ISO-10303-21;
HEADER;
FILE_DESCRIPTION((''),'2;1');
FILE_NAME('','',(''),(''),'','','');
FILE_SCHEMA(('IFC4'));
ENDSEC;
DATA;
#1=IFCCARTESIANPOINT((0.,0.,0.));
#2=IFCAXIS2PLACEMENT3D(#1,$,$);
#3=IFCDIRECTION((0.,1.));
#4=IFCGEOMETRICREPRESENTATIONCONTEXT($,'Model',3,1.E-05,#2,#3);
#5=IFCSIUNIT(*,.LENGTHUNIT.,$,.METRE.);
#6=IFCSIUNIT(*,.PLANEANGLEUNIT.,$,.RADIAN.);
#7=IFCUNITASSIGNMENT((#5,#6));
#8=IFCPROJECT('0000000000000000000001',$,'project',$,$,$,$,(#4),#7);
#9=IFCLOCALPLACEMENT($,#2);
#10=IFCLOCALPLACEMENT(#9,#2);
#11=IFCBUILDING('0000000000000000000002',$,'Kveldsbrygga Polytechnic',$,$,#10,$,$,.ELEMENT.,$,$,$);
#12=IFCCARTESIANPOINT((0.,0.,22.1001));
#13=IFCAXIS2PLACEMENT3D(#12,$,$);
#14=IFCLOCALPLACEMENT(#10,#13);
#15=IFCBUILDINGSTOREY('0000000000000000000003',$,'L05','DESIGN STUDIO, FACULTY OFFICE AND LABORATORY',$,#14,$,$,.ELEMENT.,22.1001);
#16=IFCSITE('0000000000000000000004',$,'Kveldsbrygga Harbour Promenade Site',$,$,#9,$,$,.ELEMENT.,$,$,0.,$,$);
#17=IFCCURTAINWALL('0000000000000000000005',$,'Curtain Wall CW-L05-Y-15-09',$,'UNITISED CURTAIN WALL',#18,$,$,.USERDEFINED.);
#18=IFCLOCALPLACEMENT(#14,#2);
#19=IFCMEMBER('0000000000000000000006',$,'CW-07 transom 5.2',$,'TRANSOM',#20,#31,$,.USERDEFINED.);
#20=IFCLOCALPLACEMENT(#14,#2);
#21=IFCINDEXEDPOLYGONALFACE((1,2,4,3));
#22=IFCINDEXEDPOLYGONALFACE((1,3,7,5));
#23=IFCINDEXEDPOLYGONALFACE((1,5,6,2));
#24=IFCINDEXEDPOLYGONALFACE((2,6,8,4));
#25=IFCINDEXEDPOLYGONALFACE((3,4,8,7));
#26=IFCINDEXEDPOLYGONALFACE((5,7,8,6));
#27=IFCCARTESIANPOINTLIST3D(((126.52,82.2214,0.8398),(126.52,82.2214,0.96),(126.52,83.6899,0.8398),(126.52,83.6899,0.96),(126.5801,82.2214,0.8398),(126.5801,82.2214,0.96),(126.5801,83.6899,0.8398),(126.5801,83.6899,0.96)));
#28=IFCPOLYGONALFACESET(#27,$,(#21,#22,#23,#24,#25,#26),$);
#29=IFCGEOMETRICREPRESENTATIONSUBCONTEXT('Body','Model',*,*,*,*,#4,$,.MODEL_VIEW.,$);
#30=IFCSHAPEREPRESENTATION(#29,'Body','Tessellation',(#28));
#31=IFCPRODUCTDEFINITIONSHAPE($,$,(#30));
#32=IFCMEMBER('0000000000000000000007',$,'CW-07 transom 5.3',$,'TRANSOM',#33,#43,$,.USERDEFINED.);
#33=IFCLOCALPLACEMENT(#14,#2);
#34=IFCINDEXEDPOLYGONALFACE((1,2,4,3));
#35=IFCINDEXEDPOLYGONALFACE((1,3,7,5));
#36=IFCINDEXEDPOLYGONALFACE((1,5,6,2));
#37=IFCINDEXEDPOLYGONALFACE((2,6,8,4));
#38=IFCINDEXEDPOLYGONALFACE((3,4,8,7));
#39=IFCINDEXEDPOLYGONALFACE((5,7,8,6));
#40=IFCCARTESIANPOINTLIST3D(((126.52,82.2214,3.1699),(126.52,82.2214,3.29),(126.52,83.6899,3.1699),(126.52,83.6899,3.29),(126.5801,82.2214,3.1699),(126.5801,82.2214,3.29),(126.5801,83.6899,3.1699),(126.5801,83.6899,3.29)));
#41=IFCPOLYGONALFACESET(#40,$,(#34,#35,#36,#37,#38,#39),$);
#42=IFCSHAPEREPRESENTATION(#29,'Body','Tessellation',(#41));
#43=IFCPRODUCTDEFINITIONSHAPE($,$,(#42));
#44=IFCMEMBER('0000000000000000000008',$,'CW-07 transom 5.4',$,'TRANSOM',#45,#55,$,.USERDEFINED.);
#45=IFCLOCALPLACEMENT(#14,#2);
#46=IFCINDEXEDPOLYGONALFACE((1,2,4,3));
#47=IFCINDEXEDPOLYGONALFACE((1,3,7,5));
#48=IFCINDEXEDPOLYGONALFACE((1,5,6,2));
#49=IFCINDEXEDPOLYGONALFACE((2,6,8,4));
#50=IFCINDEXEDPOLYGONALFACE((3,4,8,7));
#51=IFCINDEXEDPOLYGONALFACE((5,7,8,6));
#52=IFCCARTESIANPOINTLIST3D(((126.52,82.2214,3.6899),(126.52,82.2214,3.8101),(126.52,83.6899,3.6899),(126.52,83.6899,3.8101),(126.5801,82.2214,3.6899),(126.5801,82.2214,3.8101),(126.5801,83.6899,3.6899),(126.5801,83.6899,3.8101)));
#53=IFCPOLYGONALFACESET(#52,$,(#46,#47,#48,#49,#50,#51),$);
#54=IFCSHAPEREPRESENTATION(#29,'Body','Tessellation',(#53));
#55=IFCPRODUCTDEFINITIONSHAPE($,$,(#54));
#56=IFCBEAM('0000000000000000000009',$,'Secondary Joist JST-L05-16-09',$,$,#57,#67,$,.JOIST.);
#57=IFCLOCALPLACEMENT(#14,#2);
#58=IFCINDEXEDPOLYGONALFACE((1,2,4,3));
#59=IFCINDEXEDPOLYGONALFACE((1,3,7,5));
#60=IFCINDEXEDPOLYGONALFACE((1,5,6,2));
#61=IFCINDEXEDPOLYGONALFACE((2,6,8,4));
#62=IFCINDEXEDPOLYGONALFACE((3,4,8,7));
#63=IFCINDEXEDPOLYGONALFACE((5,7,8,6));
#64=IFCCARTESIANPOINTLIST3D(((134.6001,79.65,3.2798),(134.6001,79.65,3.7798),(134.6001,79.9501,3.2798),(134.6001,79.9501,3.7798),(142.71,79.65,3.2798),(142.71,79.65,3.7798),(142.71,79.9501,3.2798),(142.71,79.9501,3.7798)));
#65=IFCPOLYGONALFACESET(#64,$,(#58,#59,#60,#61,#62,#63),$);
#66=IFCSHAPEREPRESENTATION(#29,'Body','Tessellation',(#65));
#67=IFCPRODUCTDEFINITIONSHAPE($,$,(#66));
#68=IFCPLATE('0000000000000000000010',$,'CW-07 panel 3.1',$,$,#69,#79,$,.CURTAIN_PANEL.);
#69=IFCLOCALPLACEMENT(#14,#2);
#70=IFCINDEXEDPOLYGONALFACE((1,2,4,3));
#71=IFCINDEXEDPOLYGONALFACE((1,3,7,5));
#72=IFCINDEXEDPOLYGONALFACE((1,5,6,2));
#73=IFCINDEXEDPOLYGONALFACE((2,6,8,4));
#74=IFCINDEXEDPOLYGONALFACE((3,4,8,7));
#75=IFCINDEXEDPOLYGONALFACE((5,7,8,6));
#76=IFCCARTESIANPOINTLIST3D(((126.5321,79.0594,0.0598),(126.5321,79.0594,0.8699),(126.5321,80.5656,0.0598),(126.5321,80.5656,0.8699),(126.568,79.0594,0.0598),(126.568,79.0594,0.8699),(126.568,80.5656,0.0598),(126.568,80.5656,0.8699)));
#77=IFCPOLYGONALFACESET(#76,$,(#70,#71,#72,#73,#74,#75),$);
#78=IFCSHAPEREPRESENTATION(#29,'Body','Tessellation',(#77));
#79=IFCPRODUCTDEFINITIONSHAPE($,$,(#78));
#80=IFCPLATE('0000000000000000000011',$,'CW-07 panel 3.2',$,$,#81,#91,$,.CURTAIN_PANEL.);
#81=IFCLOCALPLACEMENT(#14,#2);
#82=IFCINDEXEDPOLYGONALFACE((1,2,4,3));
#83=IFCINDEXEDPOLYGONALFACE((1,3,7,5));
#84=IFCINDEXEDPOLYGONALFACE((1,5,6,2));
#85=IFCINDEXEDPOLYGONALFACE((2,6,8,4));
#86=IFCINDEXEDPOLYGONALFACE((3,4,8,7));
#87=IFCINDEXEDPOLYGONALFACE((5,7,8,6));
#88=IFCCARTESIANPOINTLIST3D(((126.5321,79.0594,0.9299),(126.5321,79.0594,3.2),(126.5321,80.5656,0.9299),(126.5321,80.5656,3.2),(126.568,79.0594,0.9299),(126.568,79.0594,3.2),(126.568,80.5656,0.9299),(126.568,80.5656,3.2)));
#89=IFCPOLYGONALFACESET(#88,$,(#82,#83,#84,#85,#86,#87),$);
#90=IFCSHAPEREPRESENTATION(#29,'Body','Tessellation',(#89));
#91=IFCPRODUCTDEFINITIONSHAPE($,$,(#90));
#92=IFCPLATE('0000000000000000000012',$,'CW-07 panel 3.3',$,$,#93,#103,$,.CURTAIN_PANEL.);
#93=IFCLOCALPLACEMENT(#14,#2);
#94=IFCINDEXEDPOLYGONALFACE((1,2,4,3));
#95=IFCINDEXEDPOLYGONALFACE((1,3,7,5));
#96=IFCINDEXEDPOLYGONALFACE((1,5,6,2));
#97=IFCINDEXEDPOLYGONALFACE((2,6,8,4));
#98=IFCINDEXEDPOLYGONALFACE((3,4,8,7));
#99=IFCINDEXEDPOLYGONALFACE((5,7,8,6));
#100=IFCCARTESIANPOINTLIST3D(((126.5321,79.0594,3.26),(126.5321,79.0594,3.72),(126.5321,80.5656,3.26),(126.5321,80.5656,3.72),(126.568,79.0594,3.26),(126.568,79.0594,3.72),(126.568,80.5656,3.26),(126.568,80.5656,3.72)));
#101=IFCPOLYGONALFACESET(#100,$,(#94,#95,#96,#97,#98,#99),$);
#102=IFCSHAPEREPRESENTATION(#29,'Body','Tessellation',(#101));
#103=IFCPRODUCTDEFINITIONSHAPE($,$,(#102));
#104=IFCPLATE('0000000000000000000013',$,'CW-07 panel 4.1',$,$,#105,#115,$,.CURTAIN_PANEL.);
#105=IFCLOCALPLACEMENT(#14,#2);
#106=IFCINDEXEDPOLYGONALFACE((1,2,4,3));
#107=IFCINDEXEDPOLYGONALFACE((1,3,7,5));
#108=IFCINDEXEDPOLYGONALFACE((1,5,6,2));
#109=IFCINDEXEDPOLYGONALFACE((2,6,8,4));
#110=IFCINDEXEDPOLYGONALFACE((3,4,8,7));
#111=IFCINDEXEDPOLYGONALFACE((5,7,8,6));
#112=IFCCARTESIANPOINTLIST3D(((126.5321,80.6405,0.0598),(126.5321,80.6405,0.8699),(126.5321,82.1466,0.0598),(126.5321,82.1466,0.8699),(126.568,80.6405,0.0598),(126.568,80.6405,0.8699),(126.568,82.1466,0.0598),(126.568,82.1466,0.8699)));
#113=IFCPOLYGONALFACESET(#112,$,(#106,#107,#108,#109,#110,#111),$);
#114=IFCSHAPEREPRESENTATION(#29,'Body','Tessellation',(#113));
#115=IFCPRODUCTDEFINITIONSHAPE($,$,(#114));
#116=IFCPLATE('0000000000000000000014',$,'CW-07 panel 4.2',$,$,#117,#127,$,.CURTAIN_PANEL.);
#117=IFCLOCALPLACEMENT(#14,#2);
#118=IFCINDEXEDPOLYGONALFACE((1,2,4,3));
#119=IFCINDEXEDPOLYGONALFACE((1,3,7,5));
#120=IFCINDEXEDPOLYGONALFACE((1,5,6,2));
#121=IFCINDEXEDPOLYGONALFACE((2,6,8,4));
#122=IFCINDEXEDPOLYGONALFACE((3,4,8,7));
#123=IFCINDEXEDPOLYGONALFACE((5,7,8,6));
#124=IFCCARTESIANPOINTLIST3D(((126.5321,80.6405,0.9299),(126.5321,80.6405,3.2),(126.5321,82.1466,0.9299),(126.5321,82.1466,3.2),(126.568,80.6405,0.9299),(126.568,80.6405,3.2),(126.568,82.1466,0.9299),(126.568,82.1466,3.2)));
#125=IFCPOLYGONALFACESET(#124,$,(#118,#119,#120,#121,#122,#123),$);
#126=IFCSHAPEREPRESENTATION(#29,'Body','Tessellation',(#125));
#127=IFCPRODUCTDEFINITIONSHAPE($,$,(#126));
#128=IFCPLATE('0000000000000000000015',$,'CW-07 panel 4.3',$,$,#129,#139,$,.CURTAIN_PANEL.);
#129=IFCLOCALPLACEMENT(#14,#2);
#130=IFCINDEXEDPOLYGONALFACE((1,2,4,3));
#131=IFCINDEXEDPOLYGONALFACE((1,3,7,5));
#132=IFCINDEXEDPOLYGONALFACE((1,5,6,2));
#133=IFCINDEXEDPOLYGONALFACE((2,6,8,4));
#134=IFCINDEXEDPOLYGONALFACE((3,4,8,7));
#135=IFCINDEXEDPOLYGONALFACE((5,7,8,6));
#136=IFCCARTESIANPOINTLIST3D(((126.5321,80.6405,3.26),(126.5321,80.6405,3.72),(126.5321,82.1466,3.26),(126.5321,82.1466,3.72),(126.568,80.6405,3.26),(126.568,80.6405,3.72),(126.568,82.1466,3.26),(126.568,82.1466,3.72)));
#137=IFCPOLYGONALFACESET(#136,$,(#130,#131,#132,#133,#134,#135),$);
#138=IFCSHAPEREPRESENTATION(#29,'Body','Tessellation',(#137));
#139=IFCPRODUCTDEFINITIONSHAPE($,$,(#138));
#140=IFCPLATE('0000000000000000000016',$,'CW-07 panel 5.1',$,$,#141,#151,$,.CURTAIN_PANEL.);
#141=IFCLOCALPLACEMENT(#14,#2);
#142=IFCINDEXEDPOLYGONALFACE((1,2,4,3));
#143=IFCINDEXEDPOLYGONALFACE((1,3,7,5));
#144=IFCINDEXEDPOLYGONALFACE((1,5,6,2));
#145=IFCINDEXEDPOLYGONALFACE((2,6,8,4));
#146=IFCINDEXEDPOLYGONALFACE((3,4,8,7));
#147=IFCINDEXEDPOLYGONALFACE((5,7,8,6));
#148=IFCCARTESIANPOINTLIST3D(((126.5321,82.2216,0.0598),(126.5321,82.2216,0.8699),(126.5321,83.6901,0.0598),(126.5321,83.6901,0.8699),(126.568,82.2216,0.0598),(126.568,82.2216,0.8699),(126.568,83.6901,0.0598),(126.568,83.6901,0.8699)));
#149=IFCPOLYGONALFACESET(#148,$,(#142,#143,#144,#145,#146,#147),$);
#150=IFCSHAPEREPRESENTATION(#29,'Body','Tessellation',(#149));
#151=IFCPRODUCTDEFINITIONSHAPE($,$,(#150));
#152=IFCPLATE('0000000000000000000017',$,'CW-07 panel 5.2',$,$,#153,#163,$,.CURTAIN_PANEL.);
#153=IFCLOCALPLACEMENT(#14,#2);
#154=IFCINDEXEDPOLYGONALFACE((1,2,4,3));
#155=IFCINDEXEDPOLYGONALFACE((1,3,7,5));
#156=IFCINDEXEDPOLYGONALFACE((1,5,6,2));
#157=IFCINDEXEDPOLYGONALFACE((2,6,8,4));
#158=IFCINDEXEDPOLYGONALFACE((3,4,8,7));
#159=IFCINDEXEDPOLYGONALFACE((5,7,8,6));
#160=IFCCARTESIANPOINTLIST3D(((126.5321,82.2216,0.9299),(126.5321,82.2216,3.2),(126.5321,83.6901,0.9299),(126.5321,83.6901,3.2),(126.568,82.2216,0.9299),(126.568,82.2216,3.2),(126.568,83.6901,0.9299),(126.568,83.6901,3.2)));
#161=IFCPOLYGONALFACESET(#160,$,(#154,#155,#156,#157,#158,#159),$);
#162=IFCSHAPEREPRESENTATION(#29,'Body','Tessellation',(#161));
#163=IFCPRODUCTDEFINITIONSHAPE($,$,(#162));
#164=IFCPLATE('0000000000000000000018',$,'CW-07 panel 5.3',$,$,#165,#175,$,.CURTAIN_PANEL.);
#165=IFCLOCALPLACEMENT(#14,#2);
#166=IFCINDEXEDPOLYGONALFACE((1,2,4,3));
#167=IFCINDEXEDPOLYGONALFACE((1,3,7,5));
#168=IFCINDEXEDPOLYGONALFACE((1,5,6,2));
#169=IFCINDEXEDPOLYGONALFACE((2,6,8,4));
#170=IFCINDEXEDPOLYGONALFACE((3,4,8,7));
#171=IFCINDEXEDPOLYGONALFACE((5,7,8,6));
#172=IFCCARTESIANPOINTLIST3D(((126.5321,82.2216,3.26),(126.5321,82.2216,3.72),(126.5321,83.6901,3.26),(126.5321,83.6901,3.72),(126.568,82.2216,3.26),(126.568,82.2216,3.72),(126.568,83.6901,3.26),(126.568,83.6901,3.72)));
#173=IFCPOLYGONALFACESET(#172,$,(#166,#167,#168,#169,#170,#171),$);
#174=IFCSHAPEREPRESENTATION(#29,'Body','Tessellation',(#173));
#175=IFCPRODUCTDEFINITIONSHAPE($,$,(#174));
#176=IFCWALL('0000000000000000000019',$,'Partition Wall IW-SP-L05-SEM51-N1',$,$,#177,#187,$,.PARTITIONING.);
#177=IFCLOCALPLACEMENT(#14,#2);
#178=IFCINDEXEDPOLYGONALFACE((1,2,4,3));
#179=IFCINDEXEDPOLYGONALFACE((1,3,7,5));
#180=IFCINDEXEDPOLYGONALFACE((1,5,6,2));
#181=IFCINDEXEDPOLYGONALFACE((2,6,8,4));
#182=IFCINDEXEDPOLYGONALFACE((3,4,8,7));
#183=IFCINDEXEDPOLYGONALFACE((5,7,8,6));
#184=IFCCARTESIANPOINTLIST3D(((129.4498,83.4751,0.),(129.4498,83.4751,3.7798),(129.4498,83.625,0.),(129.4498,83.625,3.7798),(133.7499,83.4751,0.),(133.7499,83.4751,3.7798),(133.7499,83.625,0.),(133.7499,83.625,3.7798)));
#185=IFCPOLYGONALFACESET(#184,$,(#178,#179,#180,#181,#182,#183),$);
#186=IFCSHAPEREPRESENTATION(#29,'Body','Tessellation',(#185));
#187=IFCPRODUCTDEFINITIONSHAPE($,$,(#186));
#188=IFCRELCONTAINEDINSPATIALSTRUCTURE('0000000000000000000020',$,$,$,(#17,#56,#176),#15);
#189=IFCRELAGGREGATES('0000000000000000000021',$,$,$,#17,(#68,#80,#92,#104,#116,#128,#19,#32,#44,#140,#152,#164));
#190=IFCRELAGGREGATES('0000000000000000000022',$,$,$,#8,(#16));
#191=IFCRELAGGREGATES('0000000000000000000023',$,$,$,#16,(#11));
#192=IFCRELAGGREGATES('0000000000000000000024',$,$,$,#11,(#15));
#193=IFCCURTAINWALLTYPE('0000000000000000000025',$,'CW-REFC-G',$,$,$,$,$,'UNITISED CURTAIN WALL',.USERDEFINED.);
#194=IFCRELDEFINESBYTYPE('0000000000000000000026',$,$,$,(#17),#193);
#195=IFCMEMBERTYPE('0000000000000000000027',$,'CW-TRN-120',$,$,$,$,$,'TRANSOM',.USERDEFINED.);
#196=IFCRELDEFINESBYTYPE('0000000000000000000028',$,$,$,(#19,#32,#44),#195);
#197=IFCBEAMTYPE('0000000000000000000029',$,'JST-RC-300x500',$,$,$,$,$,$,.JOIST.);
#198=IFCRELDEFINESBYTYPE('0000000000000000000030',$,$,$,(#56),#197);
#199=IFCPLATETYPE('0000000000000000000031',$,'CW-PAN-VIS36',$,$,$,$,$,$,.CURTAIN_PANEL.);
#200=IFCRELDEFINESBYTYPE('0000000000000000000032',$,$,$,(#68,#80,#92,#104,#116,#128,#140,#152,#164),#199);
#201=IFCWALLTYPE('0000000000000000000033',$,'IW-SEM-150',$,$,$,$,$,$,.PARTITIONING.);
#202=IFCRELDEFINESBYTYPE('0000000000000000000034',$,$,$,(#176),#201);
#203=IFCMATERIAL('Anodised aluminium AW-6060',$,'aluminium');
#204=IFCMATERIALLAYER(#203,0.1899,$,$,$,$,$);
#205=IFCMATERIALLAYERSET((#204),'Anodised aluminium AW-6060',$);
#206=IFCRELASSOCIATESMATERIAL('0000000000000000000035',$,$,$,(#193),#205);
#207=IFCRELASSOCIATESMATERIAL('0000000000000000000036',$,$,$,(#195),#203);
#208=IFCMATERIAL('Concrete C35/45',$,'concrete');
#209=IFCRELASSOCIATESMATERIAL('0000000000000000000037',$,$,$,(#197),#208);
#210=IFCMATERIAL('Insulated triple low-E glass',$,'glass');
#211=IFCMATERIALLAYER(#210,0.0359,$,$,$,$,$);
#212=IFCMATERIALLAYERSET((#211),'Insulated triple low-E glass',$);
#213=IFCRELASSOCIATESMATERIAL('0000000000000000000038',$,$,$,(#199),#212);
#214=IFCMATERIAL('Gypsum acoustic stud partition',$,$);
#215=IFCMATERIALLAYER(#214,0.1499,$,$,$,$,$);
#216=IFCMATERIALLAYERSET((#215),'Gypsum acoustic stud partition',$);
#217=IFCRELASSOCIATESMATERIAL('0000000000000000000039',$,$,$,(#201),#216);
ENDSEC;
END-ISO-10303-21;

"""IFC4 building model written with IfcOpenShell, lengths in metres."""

from ifc_helpers import new_model, si_unit, direction, frame, frame_2d, origin, origin_2d, place, context, subcontext, project, spatial, rectangle, extrude, material, layer, layer_set, material_profile, profile_set, type_object, element, aggregate, save


model = new_model("IFC4")

# Units and contexts
model_context = context("Model", 3, precision=1e-05, world=origin(), true_north=direction((0.0, 1.0)))
body_context = subcontext(model_context, "Body", "Model", "MODEL_VIEW")
ifc_project = project(units=[si_unit("LENGTHUNIT", "METRE"), si_unit("PLANEANGLEUNIT", "RADIAN")], contexts=[model_context])

# Site, building, storey
site_placement = place(None, origin())
site = spatial("IfcSite", under=ifc_project, at=site_placement, Name="Kveldsbrygga Harbour Promenade Site", CompositionType="ELEMENT", RefElevation=0.0)
building_placement = place(site_placement, origin())
building = spatial("IfcBuilding", under=site, at=building_placement, Name="Kveldsbrygga Polytechnic", CompositionType="ELEMENT")
storey_placement = place(building_placement, frame((0.0, 0.0, 22.1001)))
storey = spatial("IfcBuildingStorey", under=building, at=storey_placement, Name="L05", Description="DESIGN STUDIO, FACULTY OFFICE AND LABORATORY", CompositionType="ELEMENT", Elevation=22.1001)

# Shared definitions
ifc_material_1 = material(Name="Concrete C35/45", Category="concrete")

# Curtain wall, members
ifc_material_2 = material(Name="Anodised aluminium AW-6060", Category="aluminium")
ifc_layer_1 = layer(ifc_material_2, 0.1899)
ifc_layer_set_1 = layer_set([ifc_layer_1], Name="Anodised aluminium AW-6060")
curtain_wall_type = type_object("IfcCurtainWallType", Name="CW-REFC-G", ElementType="UNITISED CURTAIN WALL", PredefinedType="USERDEFINED", material=ifc_layer_set_1)
curtain_wall_placement = place(storey_placement, origin())
curtain_wall = element("IfcCurtainWall", 1, at=curtain_wall_placement, inside=storey, type_object=curtain_wall_type, Name="Curtain Wall CW-L05-Y-15-09", ObjectType="UNITISED CURTAIN WALL", PredefinedType="USERDEFINED")
ifc_material_profile_1 = material_profile(ifc_material_2, rectangle(XDim=0.0601, YDim=0.1201, at=origin_2d()), Name="ALU 60x120")
ifc_profile_set_1 = profile_set([ifc_material_profile_1], Name="Anodised aluminium AW-6060")
member_type_1 = type_object("IfcMemberType", Name="CW-TRN-120", ElementType="TRANSOM", PredefinedType="USERDEFINED", material=ifc_profile_set_1)
member_1_placement = place(storey_placement, frame((126.55, 82.2214, 0.8999), z_axis=(0.0, 1.0, 0.0), x_axis=(-1.0, 0.0, 0.0)))
member_1 = element("IfcMember", 2, at=member_1_placement, type_object=member_type_1, Name="CW-07 transom 5.2", ObjectType="TRANSOM", PredefinedType="USERDEFINED", context=body_context, shape_type="SweptSolid", body=[
    extrude(rectangle(XDim=0.0601, YDim=0.1201, at=origin_2d()), origin(), (0.0, 0.0, 1.0), 1.4685),
])
member_2_placement = place(storey_placement, frame((126.55, 82.2214, 3.23), z_axis=(0.0, 1.0, 0.0), x_axis=(-1.0, 0.0, 0.0)))
member_2 = element("IfcMember", 3, at=member_2_placement, type_object=member_type_1, Name="CW-07 transom 5.3", ObjectType="TRANSOM", PredefinedType="USERDEFINED", context=body_context, shape_type="SweptSolid", body=[
    extrude(rectangle(XDim=0.0601, YDim=0.1201, at=origin_2d()), origin(), (0.0, 0.0, 1.0), 1.4685),
])
member_3_placement = place(storey_placement, frame((126.55, 82.2214, 3.75), z_axis=(0.0, 1.0, 0.0), x_axis=(-1.0, 0.0, 0.0)))
member_3 = element("IfcMember", 4, at=member_3_placement, type_object=member_type_1, Name="CW-07 transom 5.4", ObjectType="TRANSOM", PredefinedType="USERDEFINED", context=body_context, shape_type="SweptSolid", body=[
    extrude(rectangle(XDim=0.0601, YDim=0.1201, at=origin_2d()), origin(), (0.0, 0.0, 1.0), 1.4685),
])

# Beam
ifc_material_profile_2 = material_profile(ifc_material_1, rectangle(XDim=0.3, YDim=0.5, at=origin_2d()), Name="RC 300x500")
ifc_profile_set_2 = profile_set([ifc_material_profile_2], Name="Concrete C35/45")
beam_type_1 = type_object("IfcBeamType", Name="JST-RC-300x500", PredefinedType="JOIST", material=ifc_profile_set_2)
beam_1_placement = place(storey_placement, frame((134.6001, 79.8, 3.5298), z_axis=(1.0, 0.0, 0.0), x_axis=(0.0, 1.0, 0.0)))
element("IfcBeam", 5, at=beam_1_placement, inside=storey, type_object=beam_type_1, Name="Secondary Joist JST-L05-16-09", PredefinedType="JOIST", context=body_context, shape_type="SweptSolid", body=[
    extrude(rectangle(XDim=0.3, YDim=0.5, at=origin_2d()), origin(), (0.0, 0.0, 1.0), 8.1099),
])

# Plates
ifc_material_3 = material(Name="Insulated triple low-E glass", Category="glass")
ifc_layer_2 = layer(ifc_material_3, 0.0359)
ifc_layer_set_2 = layer_set([ifc_layer_2], Name="Insulated triple low-E glass")
plate_type = type_object("IfcPlateType", Name="CW-PAN-VIS36", PredefinedType="CURTAIN_PANEL", material=ifc_layer_set_2)
plate_1_placement = place(storey_placement, frame((126.55, 79.8125, 0.0598), z_axis=(0.0, 0.0, 1.0), x_axis=(0.0, 1.0, 0.0)))
plate_1 = element("IfcPlate", 6, at=plate_1_placement, type_object=plate_type, Name="CW-07 panel 3.1", PredefinedType="CURTAIN_PANEL", context=body_context, shape_type="SweptSolid", body=[
    extrude(rectangle(XDim=1.5061, YDim=0.0359, at=origin_2d()), origin(), (0.0, 0.0, 1.0), 0.8101),
])
plate_2_placement = place(storey_placement, frame((126.55, 79.8125, 0.9299), z_axis=(0.0, 0.0, 1.0), x_axis=(0.0, 1.0, 0.0)))
plate_2 = element("IfcPlate", 7, at=plate_2_placement, type_object=plate_type, Name="CW-07 panel 3.2", PredefinedType="CURTAIN_PANEL", context=body_context, shape_type="SweptSolid", body=[
    extrude(rectangle(XDim=1.5061, YDim=0.0359, at=origin_2d()), origin(), (0.0, 0.0, 1.0), 2.27),
])
plate_3_placement = place(storey_placement, frame((126.55, 79.8125, 3.26), z_axis=(0.0, 0.0, 1.0), x_axis=(0.0, 1.0, 0.0)))
plate_3 = element("IfcPlate", 8, at=plate_3_placement, type_object=plate_type, Name="CW-07 panel 3.3", PredefinedType="CURTAIN_PANEL", context=body_context, shape_type="SweptSolid", body=[
    extrude(rectangle(XDim=1.5061, YDim=0.0359, at=origin_2d()), origin(), (0.0, 0.0, 1.0), 0.46),
])
plate_4_placement = place(storey_placement, frame((126.55, 81.3936, 0.0598), z_axis=(0.0, 0.0, 1.0), x_axis=(0.0, 1.0, 0.0)))
plate_4 = element("IfcPlate", 9, at=plate_4_placement, type_object=plate_type, Name="CW-07 panel 4.1", PredefinedType="CURTAIN_PANEL", context=body_context, shape_type="SweptSolid", body=[
    extrude(rectangle(XDim=1.5061, YDim=0.0359, at=origin_2d()), origin(), (0.0, 0.0, 1.0), 0.8101),
])
plate_5_placement = place(storey_placement, frame((126.55, 81.3936, 0.9299), z_axis=(0.0, 0.0, 1.0), x_axis=(0.0, 1.0, 0.0)))
plate_5 = element("IfcPlate", 10, at=plate_5_placement, type_object=plate_type, Name="CW-07 panel 4.2", PredefinedType="CURTAIN_PANEL", context=body_context, shape_type="SweptSolid", body=[
    extrude(rectangle(XDim=1.5061, YDim=0.0359, at=origin_2d()), origin(), (0.0, 0.0, 1.0), 2.27),
])
plate_6_placement = place(storey_placement, frame((126.55, 81.3936, 3.26), z_axis=(0.0, 0.0, 1.0), x_axis=(0.0, 1.0, 0.0)))
plate_6 = element("IfcPlate", 11, at=plate_6_placement, type_object=plate_type, Name="CW-07 panel 4.3", PredefinedType="CURTAIN_PANEL", context=body_context, shape_type="SweptSolid", body=[
    extrude(rectangle(XDim=1.5061, YDim=0.0359, at=origin_2d()), origin(), (0.0, 0.0, 1.0), 0.46),
])
plate_7_placement = place(storey_placement, frame((126.55, 82.9558, 0.0598), z_axis=(0.0, 0.0, 1.0), x_axis=(0.0, 1.0, 0.0)))
plate_7 = element("IfcPlate", 12, at=plate_7_placement, type_object=plate_type, Name="CW-07 panel 5.1", PredefinedType="CURTAIN_PANEL", context=body_context, shape_type="SweptSolid", body=[
    extrude(rectangle(XDim=1.4685, YDim=0.0359, at=origin_2d()), origin(), (0.0, 0.0, 1.0), 0.8101),
])
plate_8_placement = place(storey_placement, frame((126.55, 82.9558, 0.9299), z_axis=(0.0, 0.0, 1.0), x_axis=(0.0, 1.0, 0.0)))
plate_8 = element("IfcPlate", 13, at=plate_8_placement, type_object=plate_type, Name="CW-07 panel 5.2", PredefinedType="CURTAIN_PANEL", context=body_context, shape_type="SweptSolid", body=[
    extrude(rectangle(XDim=1.4685, YDim=0.0359, at=origin_2d()), origin(), (0.0, 0.0, 1.0), 2.27),
])
plate_9_placement = place(storey_placement, frame((126.55, 82.9558, 3.26), z_axis=(0.0, 0.0, 1.0), x_axis=(0.0, 1.0, 0.0)))
plate_9 = element("IfcPlate", 14, at=plate_9_placement, type_object=plate_type, Name="CW-07 panel 5.3", PredefinedType="CURTAIN_PANEL", context=body_context, shape_type="SweptSolid", body=[
    extrude(rectangle(XDim=1.4685, YDim=0.0359, at=origin_2d()), origin(), (0.0, 0.0, 1.0), 0.46),
])
aggregate(curtain_wall, [plate_1, plate_2, plate_3, plate_4, plate_5, plate_6, member_1, member_2, member_3, plate_7, plate_8, plate_9])

# Wall
ifc_material_4 = material(Name="Gypsum acoustic stud partition")
ifc_layer_3 = layer(ifc_material_4, 0.1499)
ifc_layer_set_3 = layer_set([ifc_layer_3], Name="Gypsum acoustic stud partition")
wall_type_1 = type_object("IfcWallType", Name="IW-SEM-150", PredefinedType="PARTITIONING", material=ifc_layer_set_3)
wall_1_placement = place(storey_placement, frame((129.45, 83.55, 0.0), z_axis=(0.0, 0.0, 1.0), x_axis=(1.0, 0.0, 0.0)))
element("IfcWall", 15, at=wall_1_placement, inside=storey, type_object=wall_type_1, Name="Partition Wall IW-SP-L05-SEM51-N1", PredefinedType="PARTITIONING", context=body_context, shape_type="SweptSolid", body=[
    extrude(rectangle(XDim=4.3, YDim=0.1499, at=frame_2d((2.1499, 0.0))), origin(), (0.0, 0.0, 1.0), 3.7798),
])

save(model, "model.ifc")
